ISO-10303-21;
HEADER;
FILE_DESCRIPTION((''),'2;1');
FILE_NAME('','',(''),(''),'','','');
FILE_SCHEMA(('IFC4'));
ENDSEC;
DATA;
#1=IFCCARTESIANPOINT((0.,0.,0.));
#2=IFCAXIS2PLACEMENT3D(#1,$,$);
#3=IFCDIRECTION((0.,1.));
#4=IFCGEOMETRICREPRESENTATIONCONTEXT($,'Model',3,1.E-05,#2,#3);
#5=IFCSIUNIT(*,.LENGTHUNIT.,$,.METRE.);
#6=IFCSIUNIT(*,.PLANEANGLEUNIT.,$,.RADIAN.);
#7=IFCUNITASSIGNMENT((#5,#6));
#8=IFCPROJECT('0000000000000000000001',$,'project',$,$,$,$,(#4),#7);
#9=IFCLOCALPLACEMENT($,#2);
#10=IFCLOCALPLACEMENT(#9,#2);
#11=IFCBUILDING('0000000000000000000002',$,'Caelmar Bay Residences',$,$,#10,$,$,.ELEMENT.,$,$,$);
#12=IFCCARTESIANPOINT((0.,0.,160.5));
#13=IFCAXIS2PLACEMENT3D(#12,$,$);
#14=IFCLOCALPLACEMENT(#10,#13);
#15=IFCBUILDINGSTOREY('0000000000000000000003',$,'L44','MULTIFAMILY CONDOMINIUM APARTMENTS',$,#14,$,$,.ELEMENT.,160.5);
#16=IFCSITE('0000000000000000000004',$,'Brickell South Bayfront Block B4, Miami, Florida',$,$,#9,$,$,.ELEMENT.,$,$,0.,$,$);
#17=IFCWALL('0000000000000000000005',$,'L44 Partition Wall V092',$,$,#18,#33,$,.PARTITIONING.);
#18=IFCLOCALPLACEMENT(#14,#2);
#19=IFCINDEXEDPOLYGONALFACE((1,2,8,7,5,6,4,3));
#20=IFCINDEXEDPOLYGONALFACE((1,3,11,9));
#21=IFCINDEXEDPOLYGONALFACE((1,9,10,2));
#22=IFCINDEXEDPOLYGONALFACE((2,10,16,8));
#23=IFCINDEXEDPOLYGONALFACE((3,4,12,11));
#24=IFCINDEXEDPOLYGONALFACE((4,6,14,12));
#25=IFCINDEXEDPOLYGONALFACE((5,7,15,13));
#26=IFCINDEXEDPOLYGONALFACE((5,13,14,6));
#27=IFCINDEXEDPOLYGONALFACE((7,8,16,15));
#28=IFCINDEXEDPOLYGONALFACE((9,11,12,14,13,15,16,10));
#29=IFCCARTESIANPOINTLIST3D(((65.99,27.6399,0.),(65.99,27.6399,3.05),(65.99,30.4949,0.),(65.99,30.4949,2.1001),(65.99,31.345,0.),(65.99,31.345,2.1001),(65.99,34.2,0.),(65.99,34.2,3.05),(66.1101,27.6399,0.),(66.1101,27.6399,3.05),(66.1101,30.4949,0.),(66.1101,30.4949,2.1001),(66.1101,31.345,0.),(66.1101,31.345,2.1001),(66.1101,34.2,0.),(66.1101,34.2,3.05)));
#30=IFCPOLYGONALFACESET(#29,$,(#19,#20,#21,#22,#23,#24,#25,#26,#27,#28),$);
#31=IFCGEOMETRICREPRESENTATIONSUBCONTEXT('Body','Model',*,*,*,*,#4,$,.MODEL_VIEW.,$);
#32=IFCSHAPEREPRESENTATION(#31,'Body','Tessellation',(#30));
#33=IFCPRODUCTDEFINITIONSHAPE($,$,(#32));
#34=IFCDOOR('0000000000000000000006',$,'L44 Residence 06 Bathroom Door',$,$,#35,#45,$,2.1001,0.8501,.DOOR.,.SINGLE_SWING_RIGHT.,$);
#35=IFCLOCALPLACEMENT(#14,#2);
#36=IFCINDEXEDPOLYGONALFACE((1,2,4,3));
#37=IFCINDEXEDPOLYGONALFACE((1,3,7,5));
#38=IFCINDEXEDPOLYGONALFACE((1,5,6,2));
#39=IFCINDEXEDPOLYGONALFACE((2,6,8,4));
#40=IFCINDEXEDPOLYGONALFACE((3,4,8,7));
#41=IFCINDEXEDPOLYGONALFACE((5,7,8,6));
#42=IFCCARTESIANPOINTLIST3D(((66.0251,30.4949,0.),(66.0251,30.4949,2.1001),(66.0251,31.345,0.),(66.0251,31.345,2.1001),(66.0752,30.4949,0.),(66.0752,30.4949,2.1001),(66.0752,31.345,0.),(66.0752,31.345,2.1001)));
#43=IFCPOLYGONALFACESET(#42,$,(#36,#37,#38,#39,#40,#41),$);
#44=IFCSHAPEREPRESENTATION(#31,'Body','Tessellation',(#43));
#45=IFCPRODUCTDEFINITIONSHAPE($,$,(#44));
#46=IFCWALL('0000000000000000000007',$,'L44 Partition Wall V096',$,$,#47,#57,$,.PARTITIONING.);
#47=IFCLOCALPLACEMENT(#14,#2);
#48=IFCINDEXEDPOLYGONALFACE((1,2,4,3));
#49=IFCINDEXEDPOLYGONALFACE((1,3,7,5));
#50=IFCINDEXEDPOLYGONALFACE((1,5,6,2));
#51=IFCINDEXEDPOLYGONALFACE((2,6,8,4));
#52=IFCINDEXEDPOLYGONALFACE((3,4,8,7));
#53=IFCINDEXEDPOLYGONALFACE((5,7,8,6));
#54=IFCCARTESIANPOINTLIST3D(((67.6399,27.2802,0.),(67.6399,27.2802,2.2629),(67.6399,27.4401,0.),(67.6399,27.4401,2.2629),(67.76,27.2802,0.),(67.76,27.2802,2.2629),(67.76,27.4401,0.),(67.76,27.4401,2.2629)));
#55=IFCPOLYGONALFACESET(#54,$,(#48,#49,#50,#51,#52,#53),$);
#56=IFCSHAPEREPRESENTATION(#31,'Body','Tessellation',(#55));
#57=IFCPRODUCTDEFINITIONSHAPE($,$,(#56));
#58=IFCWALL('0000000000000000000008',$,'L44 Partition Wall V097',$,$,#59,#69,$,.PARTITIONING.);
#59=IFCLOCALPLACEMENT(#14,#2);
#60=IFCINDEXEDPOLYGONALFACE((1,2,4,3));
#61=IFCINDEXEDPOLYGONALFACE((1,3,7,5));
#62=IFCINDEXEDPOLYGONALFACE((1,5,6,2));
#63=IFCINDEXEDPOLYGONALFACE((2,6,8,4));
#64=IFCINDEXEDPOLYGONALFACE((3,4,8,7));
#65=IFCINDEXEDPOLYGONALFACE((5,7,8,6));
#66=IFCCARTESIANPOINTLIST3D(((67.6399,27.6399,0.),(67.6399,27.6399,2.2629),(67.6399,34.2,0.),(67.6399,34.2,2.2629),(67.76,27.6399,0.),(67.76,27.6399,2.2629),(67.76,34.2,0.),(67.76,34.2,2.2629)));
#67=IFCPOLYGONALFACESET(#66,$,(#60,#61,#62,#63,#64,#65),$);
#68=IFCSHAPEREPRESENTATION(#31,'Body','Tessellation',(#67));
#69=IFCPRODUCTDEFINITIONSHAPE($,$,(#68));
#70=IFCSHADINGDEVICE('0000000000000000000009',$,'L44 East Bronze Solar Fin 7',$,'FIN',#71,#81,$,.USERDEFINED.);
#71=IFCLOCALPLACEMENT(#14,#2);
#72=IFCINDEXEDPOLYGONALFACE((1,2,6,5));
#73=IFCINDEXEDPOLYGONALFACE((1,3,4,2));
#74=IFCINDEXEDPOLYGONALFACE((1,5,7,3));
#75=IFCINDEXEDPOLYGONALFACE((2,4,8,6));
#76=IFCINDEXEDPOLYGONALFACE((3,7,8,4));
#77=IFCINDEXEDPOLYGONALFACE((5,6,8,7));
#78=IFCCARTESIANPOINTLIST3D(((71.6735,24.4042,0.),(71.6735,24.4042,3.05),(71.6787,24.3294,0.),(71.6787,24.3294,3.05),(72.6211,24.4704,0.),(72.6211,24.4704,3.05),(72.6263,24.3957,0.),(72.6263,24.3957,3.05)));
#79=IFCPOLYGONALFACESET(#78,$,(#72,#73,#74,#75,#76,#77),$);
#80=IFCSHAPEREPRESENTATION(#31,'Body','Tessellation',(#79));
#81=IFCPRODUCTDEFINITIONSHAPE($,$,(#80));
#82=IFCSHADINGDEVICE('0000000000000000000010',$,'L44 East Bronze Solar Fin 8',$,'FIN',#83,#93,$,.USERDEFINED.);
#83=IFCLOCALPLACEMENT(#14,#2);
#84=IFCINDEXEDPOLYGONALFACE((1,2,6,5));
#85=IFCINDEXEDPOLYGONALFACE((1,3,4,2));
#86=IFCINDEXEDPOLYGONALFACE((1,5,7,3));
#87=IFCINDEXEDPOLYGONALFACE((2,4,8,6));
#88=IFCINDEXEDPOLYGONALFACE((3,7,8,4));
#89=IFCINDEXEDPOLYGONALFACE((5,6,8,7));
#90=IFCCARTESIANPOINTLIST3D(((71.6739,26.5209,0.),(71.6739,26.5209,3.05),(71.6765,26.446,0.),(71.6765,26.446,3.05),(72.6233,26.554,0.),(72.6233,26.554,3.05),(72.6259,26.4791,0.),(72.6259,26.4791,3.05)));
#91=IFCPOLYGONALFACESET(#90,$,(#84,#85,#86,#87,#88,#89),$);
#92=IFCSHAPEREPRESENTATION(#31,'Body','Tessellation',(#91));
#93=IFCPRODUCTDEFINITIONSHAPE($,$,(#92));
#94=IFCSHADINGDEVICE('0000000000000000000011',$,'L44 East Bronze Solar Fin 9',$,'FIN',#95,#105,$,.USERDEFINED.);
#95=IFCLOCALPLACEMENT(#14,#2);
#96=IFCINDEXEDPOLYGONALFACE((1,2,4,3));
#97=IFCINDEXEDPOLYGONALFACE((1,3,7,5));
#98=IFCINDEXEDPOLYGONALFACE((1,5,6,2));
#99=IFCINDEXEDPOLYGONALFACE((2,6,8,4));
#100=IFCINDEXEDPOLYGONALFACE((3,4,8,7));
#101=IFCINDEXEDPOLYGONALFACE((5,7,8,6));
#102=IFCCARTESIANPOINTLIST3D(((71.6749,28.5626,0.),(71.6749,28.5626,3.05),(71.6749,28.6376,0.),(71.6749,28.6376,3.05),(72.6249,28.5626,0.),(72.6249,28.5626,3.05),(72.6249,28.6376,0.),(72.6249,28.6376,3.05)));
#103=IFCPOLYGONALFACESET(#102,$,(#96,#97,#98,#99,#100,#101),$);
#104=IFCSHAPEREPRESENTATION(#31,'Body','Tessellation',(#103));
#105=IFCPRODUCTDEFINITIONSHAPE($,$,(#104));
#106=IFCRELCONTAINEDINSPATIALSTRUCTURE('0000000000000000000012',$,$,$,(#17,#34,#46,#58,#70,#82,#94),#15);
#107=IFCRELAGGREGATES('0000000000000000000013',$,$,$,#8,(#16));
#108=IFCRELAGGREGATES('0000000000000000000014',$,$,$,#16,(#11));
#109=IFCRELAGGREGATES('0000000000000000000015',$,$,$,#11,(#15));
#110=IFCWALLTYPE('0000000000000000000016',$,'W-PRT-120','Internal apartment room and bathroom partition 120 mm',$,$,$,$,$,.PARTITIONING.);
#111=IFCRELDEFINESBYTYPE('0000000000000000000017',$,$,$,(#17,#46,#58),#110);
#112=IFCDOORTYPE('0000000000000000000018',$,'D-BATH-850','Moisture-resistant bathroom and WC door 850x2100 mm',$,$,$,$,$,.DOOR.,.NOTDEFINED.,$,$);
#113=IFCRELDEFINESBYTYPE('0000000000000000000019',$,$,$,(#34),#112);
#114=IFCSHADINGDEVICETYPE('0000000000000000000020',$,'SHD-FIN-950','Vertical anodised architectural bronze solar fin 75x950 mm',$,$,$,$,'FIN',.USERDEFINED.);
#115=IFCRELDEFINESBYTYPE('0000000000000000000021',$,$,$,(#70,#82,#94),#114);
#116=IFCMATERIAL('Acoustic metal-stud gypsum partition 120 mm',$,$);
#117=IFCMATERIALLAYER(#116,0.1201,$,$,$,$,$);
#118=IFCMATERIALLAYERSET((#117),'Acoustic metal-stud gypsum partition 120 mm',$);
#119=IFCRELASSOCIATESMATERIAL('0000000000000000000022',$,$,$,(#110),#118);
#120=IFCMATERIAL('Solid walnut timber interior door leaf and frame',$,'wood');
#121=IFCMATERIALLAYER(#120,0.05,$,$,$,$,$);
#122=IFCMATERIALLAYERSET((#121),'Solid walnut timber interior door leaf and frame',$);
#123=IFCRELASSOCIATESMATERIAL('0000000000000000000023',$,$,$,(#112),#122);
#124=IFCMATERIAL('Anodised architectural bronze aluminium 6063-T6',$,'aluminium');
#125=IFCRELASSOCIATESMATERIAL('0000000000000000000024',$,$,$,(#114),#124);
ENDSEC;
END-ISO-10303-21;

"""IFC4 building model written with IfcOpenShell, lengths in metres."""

from ifc_helpers import new_model, si_unit, direction, frame, frame_2d, origin, origin_2d, place, context, subcontext, project, spatial, rectangle, extrude, material, layer, layer_set, material_profile, profile_set, type_object, element, fill, save


model = new_model("IFC4")

# Units and contexts
model_context = context("Model", 3, precision=1e-05, world=origin(), true_north=direction((0.0, 1.0)))
body_context = subcontext(model_context, "Body", "Model", "MODEL_VIEW")
ifc_project = project(units=[si_unit("LENGTHUNIT", "METRE"), si_unit("PLANEANGLEUNIT", "RADIAN")], contexts=[model_context])

# Site, building, storey
site_placement = place(None, origin())
site = spatial("IfcSite", under=ifc_project, at=site_placement, Name="Brickell South Bayfront Block B4, Miami, Florida", CompositionType="ELEMENT", RefElevation=0.0)
building_placement = place(site_placement, origin())
building = spatial("IfcBuilding", under=site, at=building_placement, Name="Caelmar Bay Residences", CompositionType="ELEMENT")
storey_placement = place(building_placement, frame((0.0, 0.0, 160.5)))
storey = spatial("IfcBuildingStorey", under=building, at=storey_placement, Name="L44", Description="MULTIFAMILY CONDOMINIUM APARTMENTS", CompositionType="ELEMENT", Elevation=160.5)

# Shared definitions
ifc_material_1 = material(Name="Solid walnut timber interior door leaf and frame", Category="wood")
ifc_material_2 = material(Name="Acoustic metal-stud gypsum partition 120 mm")
ifc_layer_1 = layer(ifc_material_2, 0.1201)
ifc_layer_set_1 = layer_set([ifc_layer_1], Name="Acoustic metal-stud gypsum partition 120 mm")
wall_type_1 = type_object("IfcWallType", Name="W-PRT-120", Description="Internal apartment room and bathroom partition 120 mm", PredefinedType="PARTITIONING", material=ifc_layer_set_1)

# Wall, opening, door
wall_1_placement = place(storey_placement, frame((66.05, 27.6399, 0.0), z_axis=(0.0, 0.0, 1.0), x_axis=(0.0, 1.0, 0.0)))
wall_1 = element("IfcWall", 1, at=wall_1_placement, inside=storey, type_object=wall_type_1, Name="L44 Partition Wall V092", PredefinedType="PARTITIONING", context=body_context, shape_type="SweptSolid", body=[
    extrude(rectangle(XDim=6.5601, YDim=0.1201, at=frame_2d((3.28, 0.0))), origin(), (0.0, 0.0, 1.0), 3.05),
])
opening_1_placement = place(wall_1_placement, frame((2.855, 0.0, 0.0)))
opening_1 = element("IfcOpeningElement", 2, at=opening_1_placement, cuts=wall_1, PredefinedType="OPENING", context=body_context, shape_type="SweptSolid", body=[
    extrude(rectangle(XDim=0.8501, YDim=2.1001, at=frame_2d((0.425, 1.05))), frame((0.0, 0.0701, 0.0), z_axis=(0.0, -1.0, 0.0), x_axis=(1.0, 0.0, 0.0)), (0.0, 0.0, 1.0), 0.1401),
])
ifc_layer_2 = layer(ifc_material_1, 0.05)
ifc_layer_set_2 = layer_set([ifc_layer_2], Name="Solid walnut timber interior door leaf and frame")
door_type_1 = type_object("IfcDoorType", Name="D-BATH-850", Description="Moisture-resistant bathroom and WC door 850x2100 mm", OperationType="NOTDEFINED", PredefinedType="DOOR", material=ifc_layer_set_2)
door_1_placement = place(opening_1_placement, origin())
door_1 = element("IfcDoor", 3, at=door_1_placement, inside=storey, type_object=door_type_1, Name="L44 Residence 06 Bathroom Door", OperationType="SINGLE_SWING_RIGHT", OverallHeight=2.1001, OverallWidth=0.8501, PredefinedType="DOOR", context=body_context, shape_type="SweptSolid", body=[
    extrude(rectangle(XDim=0.8501, YDim=2.1001, at=frame_2d((0.425, 1.05))), frame((0.0, 0.0249, 0.0), z_axis=(0.0, -1.0, 0.0), x_axis=(1.0, 0.0, 0.0)), (0.0, 0.0, 1.0), 0.05),
])
fill(opening_1, door_1)

# Walls
wall_2_placement = place(storey_placement, frame((67.7, 27.28, 0.0), z_axis=(0.0, 0.0, 1.0), x_axis=(0.0, 1.0, 0.0)))
element("IfcWall", 4, at=wall_2_placement, inside=storey, type_object=wall_type_1, Name="L44 Partition Wall V096", PredefinedType="PARTITIONING", context=body_context, shape_type="SweptSolid", body=[
    extrude(rectangle(XDim=0.1599, YDim=0.1201, at=frame_2d((0.0801, 0.0))), origin(), (0.0, 0.0, 1.0), 2.2629),
])
wall_3_placement = place(storey_placement, frame((67.7, 27.6399, 0.0), z_axis=(0.0, 0.0, 1.0), x_axis=(0.0, 1.0, 0.0)))
element("IfcWall", 5, at=wall_3_placement, inside=storey, type_object=wall_type_1, Name="L44 Partition Wall V097", PredefinedType="PARTITIONING", context=body_context, shape_type="SweptSolid", body=[
    extrude(rectangle(XDim=6.5601, YDim=0.1201, at=frame_2d((3.28, 0.0))), origin(), (0.0, 0.0, 1.0), 2.2629),
])

# Shading devices
ifc_material_3 = material(Name="Anodised architectural bronze aluminium 6063-T6", Category="aluminium")
ifc_material_profile_1 = material_profile(ifc_material_3, rectangle(XDim=0.075, YDim=0.95, at=origin_2d()), Name="BRONZE-FIN-75X950")
ifc_profile_set_1 = profile_set([ifc_material_profile_1], Name="Anodised architectural bronze aluminium 6063-T6")
shading_device_type = type_object("IfcShadingDeviceType", Name="SHD-FIN-950", Description="Vertical anodised architectural bronze solar fin 75x950 mm", ElementType="FIN", PredefinedType="USERDEFINED", material=ifc_profile_set_1)
for number, where, z_axis, x_axis, name in (
    (6, (72.1499, 24.3999, 0.0), (0.0, 0.0, 1.0), (-0.069756, 0.997564, 0.0), "L44 East Bronze Solar Fin 7"),
    (7, (72.1499, 26.5, 0.0), (0.0, 0.0, 1.0), (-0.034899, 0.999391, 0.0), "L44 East Bronze Solar Fin 8"),
    (8, (72.1499, 28.6001, 0.0), (0.0, 0.0, 1.0), (0.0, 1.0, 0.0), "L44 East Bronze Solar Fin 9"),
):
    element("IfcShadingDevice", number, at=place(storey_placement, frame(where, z_axis=z_axis, x_axis=x_axis)), inside=storey, type_object=shading_device_type, Name=name, ObjectType="FIN", PredefinedType="USERDEFINED", context=body_context, shape_type="SweptSolid", body=[
        extrude(rectangle(XDim=0.075, YDim=0.95, at=origin_2d()), origin(), (0.0, 0.0, 1.0), 3.05),
    ])

save(model, "model.ifc")
